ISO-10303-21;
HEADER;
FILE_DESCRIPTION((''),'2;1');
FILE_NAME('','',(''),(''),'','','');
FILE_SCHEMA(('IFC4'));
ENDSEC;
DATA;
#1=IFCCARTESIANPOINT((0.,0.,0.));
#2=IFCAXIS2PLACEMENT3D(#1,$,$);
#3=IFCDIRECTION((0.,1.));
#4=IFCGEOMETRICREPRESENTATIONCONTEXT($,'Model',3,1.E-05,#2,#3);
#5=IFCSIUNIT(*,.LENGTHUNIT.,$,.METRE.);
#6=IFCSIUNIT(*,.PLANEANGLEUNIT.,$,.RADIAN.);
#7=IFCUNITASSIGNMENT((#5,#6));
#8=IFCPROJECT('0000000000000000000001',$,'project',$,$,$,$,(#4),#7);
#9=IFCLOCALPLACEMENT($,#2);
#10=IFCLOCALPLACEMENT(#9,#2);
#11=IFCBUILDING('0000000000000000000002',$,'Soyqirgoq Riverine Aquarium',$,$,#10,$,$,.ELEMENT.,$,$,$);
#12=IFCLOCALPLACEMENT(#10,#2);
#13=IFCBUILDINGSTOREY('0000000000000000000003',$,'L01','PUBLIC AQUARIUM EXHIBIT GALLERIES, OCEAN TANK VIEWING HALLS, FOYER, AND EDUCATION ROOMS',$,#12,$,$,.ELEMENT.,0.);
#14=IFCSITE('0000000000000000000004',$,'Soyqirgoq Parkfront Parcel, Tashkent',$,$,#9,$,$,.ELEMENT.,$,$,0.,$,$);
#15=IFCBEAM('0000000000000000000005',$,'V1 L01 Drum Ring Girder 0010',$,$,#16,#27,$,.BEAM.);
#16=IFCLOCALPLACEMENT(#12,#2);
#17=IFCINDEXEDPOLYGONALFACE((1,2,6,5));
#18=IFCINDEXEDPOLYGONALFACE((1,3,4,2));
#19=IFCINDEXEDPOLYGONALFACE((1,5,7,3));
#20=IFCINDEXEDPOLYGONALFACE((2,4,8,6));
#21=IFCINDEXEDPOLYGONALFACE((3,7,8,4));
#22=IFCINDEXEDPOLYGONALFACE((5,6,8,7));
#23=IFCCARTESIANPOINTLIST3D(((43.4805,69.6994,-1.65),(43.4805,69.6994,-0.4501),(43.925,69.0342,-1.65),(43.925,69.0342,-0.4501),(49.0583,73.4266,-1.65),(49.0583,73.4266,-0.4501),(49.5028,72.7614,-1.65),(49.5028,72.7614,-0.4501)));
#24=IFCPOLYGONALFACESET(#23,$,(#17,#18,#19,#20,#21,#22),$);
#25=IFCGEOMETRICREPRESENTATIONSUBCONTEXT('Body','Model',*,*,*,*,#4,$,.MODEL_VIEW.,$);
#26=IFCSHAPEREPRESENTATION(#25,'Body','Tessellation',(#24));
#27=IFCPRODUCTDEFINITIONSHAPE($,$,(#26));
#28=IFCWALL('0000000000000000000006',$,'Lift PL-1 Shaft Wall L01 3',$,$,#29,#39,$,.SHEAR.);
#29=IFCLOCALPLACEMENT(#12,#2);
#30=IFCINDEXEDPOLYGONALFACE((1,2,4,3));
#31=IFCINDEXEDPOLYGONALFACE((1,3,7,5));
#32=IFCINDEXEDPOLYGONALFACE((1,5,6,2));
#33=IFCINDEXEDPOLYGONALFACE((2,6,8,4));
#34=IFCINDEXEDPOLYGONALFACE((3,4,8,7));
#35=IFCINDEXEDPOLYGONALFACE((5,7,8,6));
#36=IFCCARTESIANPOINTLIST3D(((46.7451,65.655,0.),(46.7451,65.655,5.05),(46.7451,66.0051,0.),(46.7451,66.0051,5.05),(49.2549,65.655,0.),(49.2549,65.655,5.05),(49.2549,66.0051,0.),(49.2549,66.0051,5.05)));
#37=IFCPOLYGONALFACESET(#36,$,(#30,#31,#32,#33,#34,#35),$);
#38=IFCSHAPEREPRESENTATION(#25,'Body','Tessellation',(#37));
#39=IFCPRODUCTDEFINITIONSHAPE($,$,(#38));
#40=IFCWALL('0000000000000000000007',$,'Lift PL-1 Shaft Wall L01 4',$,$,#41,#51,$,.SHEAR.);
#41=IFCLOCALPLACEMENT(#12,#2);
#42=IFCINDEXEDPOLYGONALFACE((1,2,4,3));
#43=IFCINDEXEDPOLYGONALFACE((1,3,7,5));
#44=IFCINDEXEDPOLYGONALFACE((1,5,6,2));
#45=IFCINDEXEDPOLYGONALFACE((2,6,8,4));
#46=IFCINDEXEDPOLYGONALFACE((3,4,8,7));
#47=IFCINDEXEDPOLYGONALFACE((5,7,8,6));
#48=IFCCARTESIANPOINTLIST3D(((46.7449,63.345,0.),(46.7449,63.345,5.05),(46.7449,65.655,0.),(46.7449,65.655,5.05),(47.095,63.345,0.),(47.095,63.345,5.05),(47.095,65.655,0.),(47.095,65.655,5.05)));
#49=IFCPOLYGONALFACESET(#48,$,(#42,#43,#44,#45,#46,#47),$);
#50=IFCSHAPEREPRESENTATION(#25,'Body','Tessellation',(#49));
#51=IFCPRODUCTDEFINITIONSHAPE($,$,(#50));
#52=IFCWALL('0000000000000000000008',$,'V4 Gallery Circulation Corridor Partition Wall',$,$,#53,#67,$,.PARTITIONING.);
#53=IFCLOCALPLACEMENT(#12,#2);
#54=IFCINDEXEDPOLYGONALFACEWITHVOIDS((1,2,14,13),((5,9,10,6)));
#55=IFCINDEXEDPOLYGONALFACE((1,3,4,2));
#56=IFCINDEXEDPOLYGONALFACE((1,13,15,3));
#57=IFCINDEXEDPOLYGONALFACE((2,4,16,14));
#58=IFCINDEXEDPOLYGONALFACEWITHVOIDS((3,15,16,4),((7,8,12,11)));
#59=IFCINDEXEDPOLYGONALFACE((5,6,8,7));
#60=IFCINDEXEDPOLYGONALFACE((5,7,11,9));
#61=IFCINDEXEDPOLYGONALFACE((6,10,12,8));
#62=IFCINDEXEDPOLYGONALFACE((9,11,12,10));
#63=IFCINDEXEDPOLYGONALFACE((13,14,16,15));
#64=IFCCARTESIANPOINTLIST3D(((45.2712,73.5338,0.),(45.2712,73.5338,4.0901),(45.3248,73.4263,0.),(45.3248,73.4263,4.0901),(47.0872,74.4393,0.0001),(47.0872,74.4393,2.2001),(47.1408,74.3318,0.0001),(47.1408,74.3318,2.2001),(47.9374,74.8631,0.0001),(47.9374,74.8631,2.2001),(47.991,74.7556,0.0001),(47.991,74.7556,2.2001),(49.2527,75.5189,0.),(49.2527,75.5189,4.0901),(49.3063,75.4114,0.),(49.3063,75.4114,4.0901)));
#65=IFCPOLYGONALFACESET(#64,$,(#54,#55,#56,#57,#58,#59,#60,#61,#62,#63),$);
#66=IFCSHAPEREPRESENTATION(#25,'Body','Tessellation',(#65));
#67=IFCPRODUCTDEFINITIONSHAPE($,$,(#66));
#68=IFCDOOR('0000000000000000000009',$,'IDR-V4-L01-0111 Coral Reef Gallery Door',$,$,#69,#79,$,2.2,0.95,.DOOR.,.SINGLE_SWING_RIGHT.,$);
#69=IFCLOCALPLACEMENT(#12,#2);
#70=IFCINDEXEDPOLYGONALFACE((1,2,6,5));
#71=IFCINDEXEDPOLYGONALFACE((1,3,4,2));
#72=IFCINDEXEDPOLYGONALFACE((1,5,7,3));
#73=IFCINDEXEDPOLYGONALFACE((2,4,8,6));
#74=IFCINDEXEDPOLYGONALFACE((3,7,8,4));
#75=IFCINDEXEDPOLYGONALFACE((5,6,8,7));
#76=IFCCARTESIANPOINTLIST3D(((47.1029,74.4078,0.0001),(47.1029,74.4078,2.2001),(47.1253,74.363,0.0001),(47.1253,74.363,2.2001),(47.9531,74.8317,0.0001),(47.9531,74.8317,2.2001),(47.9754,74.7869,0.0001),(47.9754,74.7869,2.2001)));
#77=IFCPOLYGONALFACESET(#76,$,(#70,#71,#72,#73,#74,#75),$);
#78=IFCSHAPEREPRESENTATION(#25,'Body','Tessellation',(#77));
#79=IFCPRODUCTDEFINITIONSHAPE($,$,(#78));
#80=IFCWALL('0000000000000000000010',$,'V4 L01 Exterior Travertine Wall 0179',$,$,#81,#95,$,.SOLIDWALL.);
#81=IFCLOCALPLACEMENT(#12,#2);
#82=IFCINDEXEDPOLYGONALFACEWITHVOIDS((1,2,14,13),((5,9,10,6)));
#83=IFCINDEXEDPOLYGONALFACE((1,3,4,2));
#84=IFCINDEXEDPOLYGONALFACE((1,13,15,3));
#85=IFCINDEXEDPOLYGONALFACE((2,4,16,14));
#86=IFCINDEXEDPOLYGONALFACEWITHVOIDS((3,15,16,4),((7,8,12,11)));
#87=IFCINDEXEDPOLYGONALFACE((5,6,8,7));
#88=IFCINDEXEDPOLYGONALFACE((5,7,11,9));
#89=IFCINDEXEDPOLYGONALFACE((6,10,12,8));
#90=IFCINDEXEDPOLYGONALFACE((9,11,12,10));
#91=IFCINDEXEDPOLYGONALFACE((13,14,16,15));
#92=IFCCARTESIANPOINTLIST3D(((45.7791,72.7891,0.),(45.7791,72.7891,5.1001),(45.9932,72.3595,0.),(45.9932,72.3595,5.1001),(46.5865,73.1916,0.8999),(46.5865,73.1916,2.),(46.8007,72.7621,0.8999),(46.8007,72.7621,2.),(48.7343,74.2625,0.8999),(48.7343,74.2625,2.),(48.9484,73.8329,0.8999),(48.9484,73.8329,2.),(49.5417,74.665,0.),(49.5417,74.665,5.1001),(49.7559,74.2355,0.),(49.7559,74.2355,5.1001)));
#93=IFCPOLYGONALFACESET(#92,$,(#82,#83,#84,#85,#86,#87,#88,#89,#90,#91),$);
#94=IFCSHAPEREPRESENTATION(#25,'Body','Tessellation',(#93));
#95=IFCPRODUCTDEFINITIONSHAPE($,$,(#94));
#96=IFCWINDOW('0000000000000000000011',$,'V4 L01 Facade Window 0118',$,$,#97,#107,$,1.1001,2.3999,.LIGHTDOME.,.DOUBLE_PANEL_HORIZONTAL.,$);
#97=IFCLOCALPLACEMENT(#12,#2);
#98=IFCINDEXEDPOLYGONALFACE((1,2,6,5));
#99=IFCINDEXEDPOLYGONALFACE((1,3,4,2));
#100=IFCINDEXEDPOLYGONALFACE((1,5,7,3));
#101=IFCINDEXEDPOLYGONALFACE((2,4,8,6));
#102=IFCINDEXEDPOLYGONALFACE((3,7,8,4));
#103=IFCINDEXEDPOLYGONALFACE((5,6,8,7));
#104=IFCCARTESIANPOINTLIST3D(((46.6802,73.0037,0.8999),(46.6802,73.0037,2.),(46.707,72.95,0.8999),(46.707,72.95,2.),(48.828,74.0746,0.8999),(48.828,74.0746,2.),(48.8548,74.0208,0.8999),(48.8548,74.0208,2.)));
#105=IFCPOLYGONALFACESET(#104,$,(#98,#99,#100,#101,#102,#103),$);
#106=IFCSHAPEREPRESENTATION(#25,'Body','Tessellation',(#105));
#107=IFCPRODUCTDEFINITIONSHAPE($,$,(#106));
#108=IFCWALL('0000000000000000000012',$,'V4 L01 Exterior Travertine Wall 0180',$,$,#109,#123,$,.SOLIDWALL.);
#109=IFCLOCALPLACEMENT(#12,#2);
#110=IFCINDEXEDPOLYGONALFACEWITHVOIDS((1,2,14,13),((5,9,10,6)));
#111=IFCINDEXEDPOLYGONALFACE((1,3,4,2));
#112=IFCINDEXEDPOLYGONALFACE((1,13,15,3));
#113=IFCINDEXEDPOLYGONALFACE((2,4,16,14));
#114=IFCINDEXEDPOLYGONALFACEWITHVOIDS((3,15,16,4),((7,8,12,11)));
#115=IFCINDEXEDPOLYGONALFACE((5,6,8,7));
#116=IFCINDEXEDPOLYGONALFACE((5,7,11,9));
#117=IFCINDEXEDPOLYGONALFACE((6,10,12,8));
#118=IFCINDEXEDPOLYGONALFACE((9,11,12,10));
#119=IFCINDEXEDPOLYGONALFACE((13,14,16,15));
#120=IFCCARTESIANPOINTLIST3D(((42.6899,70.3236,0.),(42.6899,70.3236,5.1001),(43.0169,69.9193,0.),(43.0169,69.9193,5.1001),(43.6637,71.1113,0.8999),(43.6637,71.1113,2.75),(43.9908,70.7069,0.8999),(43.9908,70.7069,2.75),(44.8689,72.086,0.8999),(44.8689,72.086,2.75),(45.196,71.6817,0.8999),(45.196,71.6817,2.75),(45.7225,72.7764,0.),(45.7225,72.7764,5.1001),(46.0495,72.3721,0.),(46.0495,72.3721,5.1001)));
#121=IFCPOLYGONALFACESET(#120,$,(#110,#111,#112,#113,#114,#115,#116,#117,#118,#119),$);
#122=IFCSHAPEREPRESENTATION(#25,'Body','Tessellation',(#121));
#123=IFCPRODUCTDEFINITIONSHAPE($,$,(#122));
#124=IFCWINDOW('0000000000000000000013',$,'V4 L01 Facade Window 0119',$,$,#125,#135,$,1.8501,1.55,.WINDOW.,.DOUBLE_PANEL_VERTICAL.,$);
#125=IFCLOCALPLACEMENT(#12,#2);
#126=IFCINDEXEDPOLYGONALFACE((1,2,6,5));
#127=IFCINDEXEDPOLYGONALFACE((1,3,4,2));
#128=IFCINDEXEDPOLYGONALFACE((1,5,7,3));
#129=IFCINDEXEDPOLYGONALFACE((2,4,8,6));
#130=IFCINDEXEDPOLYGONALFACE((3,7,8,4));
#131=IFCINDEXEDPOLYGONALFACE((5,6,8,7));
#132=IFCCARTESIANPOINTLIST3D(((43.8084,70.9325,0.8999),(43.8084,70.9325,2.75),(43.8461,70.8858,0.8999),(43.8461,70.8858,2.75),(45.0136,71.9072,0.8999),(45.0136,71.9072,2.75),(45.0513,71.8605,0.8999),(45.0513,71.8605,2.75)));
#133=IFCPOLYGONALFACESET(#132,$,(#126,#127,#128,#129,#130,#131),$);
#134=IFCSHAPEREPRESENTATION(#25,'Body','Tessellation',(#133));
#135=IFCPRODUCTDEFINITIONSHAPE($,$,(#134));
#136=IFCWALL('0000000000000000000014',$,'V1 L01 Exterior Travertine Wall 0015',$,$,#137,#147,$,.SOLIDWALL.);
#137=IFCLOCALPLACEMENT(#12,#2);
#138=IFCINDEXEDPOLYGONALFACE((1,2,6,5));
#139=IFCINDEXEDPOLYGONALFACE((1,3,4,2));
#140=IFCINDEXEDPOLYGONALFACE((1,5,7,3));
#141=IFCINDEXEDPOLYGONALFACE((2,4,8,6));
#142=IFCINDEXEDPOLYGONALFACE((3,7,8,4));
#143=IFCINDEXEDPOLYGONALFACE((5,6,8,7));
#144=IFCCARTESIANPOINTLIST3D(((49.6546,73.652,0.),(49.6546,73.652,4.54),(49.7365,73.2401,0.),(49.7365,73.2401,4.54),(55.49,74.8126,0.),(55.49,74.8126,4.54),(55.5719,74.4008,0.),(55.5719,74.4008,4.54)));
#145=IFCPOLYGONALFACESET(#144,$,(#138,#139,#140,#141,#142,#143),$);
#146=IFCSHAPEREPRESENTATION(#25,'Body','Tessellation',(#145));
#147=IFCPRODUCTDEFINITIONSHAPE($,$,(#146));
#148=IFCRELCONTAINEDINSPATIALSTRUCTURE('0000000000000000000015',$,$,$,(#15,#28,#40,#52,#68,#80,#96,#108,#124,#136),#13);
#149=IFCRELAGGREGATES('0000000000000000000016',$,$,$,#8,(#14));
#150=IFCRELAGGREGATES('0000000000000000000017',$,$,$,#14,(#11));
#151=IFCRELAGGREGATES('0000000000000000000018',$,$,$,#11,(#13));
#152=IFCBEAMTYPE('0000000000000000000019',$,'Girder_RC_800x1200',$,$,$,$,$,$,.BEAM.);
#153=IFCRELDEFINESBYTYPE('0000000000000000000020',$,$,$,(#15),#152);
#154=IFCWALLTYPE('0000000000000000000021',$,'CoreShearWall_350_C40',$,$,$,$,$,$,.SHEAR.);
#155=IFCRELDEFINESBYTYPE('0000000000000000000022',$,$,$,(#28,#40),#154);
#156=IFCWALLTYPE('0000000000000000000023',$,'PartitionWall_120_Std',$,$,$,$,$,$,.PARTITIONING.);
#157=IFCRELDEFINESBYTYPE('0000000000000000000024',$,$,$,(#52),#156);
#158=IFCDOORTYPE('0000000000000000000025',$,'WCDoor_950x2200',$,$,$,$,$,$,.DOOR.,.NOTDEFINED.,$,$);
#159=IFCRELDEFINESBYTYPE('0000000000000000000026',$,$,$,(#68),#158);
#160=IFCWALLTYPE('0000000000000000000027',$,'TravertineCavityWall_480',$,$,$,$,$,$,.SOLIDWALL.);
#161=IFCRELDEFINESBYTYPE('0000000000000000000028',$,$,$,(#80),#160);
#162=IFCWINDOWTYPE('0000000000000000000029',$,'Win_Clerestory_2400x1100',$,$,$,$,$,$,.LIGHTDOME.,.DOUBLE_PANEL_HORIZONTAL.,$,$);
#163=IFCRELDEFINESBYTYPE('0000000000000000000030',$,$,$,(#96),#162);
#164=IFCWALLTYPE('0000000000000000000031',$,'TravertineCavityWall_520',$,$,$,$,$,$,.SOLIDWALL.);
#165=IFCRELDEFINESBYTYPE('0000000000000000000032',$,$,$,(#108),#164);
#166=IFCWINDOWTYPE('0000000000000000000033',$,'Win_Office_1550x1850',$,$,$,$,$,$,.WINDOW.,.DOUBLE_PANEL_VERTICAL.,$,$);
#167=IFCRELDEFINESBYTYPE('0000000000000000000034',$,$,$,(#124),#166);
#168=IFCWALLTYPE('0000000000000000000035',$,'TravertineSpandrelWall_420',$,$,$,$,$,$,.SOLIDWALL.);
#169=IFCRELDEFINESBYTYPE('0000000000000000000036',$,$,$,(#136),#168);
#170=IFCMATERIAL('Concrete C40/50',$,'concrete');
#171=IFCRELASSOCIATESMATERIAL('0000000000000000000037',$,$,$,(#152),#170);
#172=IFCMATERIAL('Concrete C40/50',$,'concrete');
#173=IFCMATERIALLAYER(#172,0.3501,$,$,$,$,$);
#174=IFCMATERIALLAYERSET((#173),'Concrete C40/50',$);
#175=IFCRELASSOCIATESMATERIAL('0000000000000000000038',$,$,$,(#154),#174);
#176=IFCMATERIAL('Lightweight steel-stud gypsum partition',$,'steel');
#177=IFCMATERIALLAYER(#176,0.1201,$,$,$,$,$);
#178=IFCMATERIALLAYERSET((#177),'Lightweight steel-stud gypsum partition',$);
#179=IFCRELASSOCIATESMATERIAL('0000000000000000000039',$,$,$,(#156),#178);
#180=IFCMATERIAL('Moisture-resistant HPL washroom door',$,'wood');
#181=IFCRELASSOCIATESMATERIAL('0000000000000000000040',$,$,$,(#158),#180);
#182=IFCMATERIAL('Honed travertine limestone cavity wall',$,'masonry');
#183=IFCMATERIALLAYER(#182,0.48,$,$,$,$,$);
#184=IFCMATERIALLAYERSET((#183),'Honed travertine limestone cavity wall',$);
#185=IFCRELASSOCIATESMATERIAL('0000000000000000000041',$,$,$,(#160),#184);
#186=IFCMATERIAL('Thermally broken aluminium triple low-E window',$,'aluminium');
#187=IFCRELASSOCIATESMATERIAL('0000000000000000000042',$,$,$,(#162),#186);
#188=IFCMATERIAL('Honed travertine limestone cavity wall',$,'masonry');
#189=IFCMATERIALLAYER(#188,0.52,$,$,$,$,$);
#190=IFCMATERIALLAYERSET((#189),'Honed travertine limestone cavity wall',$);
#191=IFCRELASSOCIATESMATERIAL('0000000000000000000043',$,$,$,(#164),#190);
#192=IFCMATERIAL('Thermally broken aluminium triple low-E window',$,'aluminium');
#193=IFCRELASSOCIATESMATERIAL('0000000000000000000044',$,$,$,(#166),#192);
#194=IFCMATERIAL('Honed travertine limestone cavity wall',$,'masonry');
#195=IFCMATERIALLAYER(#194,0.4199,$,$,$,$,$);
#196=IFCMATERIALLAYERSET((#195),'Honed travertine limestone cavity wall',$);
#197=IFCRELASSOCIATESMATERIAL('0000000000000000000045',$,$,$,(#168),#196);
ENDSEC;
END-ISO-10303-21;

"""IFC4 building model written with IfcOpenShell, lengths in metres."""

from ifc_helpers import new_model, si_unit, direction, frame, frame_2d, origin, origin_2d, place, context, subcontext, project, spatial, rectangle, extrude, material, layer, layer_set, material_profile, profile_set, type_object, element, fill, save


model = new_model("IFC4")

# Units and contexts
model_context = context("Model", 3, precision=1e-05, world=origin(), true_north=direction((0.0, 1.0)))
body_context = subcontext(model_context, "Body", "Model", "MODEL_VIEW")
ifc_project = project(units=[si_unit("LENGTHUNIT", "METRE"), si_unit("PLANEANGLEUNIT", "RADIAN")], contexts=[model_context])

# Site, building, storey
site_placement = place(None, origin())
site = spatial("IfcSite", under=ifc_project, at=site_placement, Name="Soyqirgoq Parkfront Parcel, Tashkent", CompositionType="ELEMENT", RefElevation=0.0)
building_placement = place(site_placement, origin())
building = spatial("IfcBuilding", under=site, at=building_placement, Name="Soyqirgoq Riverine Aquarium", CompositionType="ELEMENT")
storey_placement = place(building_placement, origin())
storey = spatial("IfcBuildingStorey", under=building, at=storey_placement, Name="L01", Description="PUBLIC AQUARIUM EXHIBIT GALLERIES, OCEAN TANK VIEWING HALLS, FOYER, AND EDUCATION ROOMS", CompositionType="ELEMENT", Elevation=0.0)

# Beam
ifc_material_1 = material(Name="Concrete C40/50", Category="concrete")
ifc_material_profile_1 = material_profile(ifc_material_1, rectangle(XDim=0.8, YDim=1.2, at=origin_2d()), Name="RC 800x1200")
ifc_profile_set_1 = profile_set([ifc_material_profile_1], Name="Concrete C40/50")
beam_type_1 = type_object("IfcBeamType", Name="Girder_RC_800x1200", PredefinedType="BEAM", material=ifc_profile_set_1)
beam_1_placement = place(storey_placement, frame((49.2805, 73.094, -1.05), z_axis=(-0.831451, -0.555598, 0.0), x_axis=(0.555598, -0.831451, 0.0)))
element("IfcBeam", 1, at=beam_1_placement, inside=storey, type_object=beam_type_1, Name="V1 L01 Drum Ring Girder 0010", PredefinedType="BEAM", context=body_context, shape_type="SweptSolid", body=[
    extrude(rectangle(XDim=0.8, YDim=1.2, at=origin_2d()), origin(), (0.0, 0.0, 1.0), 6.7085),
])

# Walls
ifc_material_2 = material(Name="Concrete C40/50", Category="concrete")
ifc_layer_1 = layer(ifc_material_2, 0.3501)
ifc_layer_set_1 = layer_set([ifc_layer_1], Name="Concrete C40/50")
wall_type_1 = type_object("IfcWallType", Name="CoreShearWall_350_C40", PredefinedType="SHEAR", material=ifc_layer_set_1)
wall_1_placement = place(storey_placement, frame((49.2549, 65.8301, 0.0), z_axis=(0.0, 0.0, 1.0), x_axis=(-1.0, 0.0, 0.0)))
element("IfcWall", 2, at=wall_1_placement, inside=storey, type_object=wall_type_1, Name="Lift PL-1 Shaft Wall L01 3", PredefinedType="SHEAR", context=body_context, shape_type="SweptSolid", body=[
    extrude(rectangle(XDim=2.5098, YDim=0.3501, at=frame_2d((1.2549, 0.0))), origin(), (0.0, 0.0, 1.0), 5.05),
])
wall_2_placement = place(storey_placement, frame((46.9199, 65.655, 0.0), z_axis=(0.0, 0.0, 1.0), x_axis=(0.0, -1.0, 0.0)))
element("IfcWall", 3, at=wall_2_placement, inside=storey, type_object=wall_type_1, Name="Lift PL-1 Shaft Wall L01 4", PredefinedType="SHEAR", context=body_context, shape_type="SweptSolid", body=[
    extrude(rectangle(XDim=2.3101, YDim=0.3501, at=frame_2d((1.155, 0.0))), origin(), (0.0, 0.0, 1.0), 5.05),
])

# Wall, opening, door
ifc_material_3 = material(Name="Lightweight steel-stud gypsum partition", Category="steel")
ifc_layer_2 = layer(ifc_material_3, 0.1201)
ifc_layer_set_2 = layer_set([ifc_layer_2], Name="Lightweight steel-stud gypsum partition")
wall_type_2 = type_object("IfcWallType", Name="PartitionWall_120_Std", PredefinedType="PARTITIONING", material=ifc_layer_set_2)
wall_3_placement = place(storey_placement, frame((45.2979, 73.48, 0.0), z_axis=(0.0, 0.0, 1.0), x_axis=(0.894931, 0.446204, 0.0)))
wall_3 = element("IfcWall", 4, at=wall_3_placement, inside=storey, type_object=wall_type_2, Name="V4 Gallery Circulation Corridor Partition Wall", PredefinedType="PARTITIONING", context=body_context, shape_type="SweptSolid", body=[
    extrude(rectangle(XDim=4.449, YDim=0.1201, at=frame_2d((2.2246, 0.0))), origin(), (0.0, 0.0, 1.0), 4.0901),
])
opening_1_placement = place(wall_3_placement, frame((2.0293, 0.0, 0.0)))
opening_1 = element("IfcOpeningElement", 5, at=opening_1_placement, cuts=wall_3, PredefinedType="OPENING", context=body_context, shape_type="SweptSolid", body=[
    extrude(rectangle(XDim=0.95, YDim=2.2, at=frame_2d((0.4751, 1.1001))), frame((0.0, 0.0701, 0.0), z_axis=(0.0, -1.0, 0.0), x_axis=(1.0, 0.0, 0.0)), (0.0, 0.0, 1.0), 0.1401),
])
ifc_material_4 = material(Name="Moisture-resistant HPL washroom door", Category="wood")
door_type = type_object("IfcDoorType", Name="WCDoor_950x2200", OperationType="NOTDEFINED", PredefinedType="DOOR", material=ifc_material_4)
door_placement = place(opening_1_placement, origin())
door = element("IfcDoor", 6, at=door_placement, inside=storey, type_object=door_type, Name="IDR-V4-L01-0111 Coral Reef Gallery Door", OperationType="SINGLE_SWING_RIGHT", OverallHeight=2.2, OverallWidth=0.95, PredefinedType="DOOR", context=body_context, shape_type="SweptSolid", body=[
    extrude(rectangle(XDim=0.95, YDim=2.2, at=frame_2d((0.4751, 1.1001))), frame((0.0, 0.0249, 0.0), z_axis=(0.0, -1.0, 0.0), x_axis=(1.0, 0.0, 0.0)), (0.0, 0.0, 1.0), 0.05),
])
fill(opening_1, door)

# Walls, openings, windows
ifc_material_5 = material(Name="Honed travertine limestone cavity wall", Category="masonry")
ifc_layer_3 = layer(ifc_material_5, 0.48)
ifc_layer_set_3 = layer_set([ifc_layer_3], Name="Honed travertine limestone cavity wall")
wall_type_3 = type_object("IfcWallType", Name="TravertineCavityWall_480", PredefinedType="SOLIDWALL", material=ifc_layer_set_3)
wall_4_placement = place(storey_placement, frame((49.6487, 74.4502, 0.0), z_axis=(0.0, 0.0, 1.0), x_axis=(-0.894938, -0.446191, 0.0)))
wall_4 = element("IfcWall", 7, at=wall_4_placement, inside=storey, type_object=wall_type_3, Name="V4 L01 Exterior Travertine Wall 0179", PredefinedType="SOLIDWALL", context=body_context, shape_type="SweptSolid", body=[
    extrude(rectangle(XDim=4.2043, YDim=0.48, at=frame_2d((2.1021, 0.0))), origin(), (0.0, 0.0, 1.0), 5.1001),
])
opening_2_placement = place(wall_4_placement, frame((0.9021, 0.0, 0.8999)))
opening_2 = element("IfcOpeningElement", 8, at=opening_2_placement, cuts=wall_4, PredefinedType="OPENING", context=body_context, shape_type="SweptSolid", body=[
    extrude(rectangle(XDim=2.3999, YDim=1.1001, at=frame_2d((1.2, 0.55))), frame((0.0, 0.25, 0.0), z_axis=(0.0, -1.0, 0.0), x_axis=(1.0, 0.0, 0.0)), (0.0, 0.0, 1.0), 0.5),
])
ifc_material_6 = material(Name="Thermally broken aluminium triple low-E window", Category="aluminium")
window_type_1 = type_object("IfcWindowType", Name="Win_Clerestory_2400x1100", PartitioningType="DOUBLE_PANEL_HORIZONTAL", PredefinedType="LIGHTDOME", material=ifc_material_6)
window_1_placement = place(opening_2_placement, origin())
window_1 = element("IfcWindow", 9, at=window_1_placement, inside=storey, type_object=window_type_1, Name="V4 L01 Facade Window 0118", OverallHeight=1.1001, OverallWidth=2.3999, PartitioningType="DOUBLE_PANEL_HORIZONTAL", PredefinedType="LIGHTDOME", context=body_context, shape_type="SweptSolid", body=[
    extrude(rectangle(XDim=2.3999, YDim=1.1001, at=frame_2d((1.2, 0.55))), frame((0.0, 0.03, 0.0), z_axis=(0.0, -1.0, 0.0), x_axis=(1.0, 0.0, 0.0)), (0.0, 0.0, 1.0), 0.0601),
])
fill(opening_2, window_1)
ifc_material_7 = material(Name="Honed travertine limestone cavity wall", Category="masonry")
ifc_layer_4 = layer(ifc_material_7, 0.52)
ifc_layer_set_4 = layer_set([ifc_layer_4], Name="Honed travertine limestone cavity wall")
wall_type_4 = type_object("IfcWallType", Name="TravertineCavityWall_520", PredefinedType="SOLIDWALL", material=ifc_layer_set_4)
wall_5_placement = place(storey_placement, frame((45.886, 72.5742, 0.0), z_axis=(0.0, 0.0, 1.0), x_axis=(-0.777517, -0.628861, 0.0)))
wall_5 = element("IfcWall", 10, at=wall_5_placement, inside=storey, type_object=wall_type_4, Name="V4 L01 Exterior Travertine Wall 0180", PredefinedType="SOLIDWALL", context=body_context, shape_type="SweptSolid", body=[
    extrude(rectangle(XDim=3.9004, YDim=0.52, at=frame_2d((1.9502, 0.0))), origin(), (0.0, 0.0, 1.0), 5.1001),
])
opening_3_placement = place(wall_5_placement, frame((1.0979, 0.0, 0.8999)))
opening_3 = element("IfcOpeningElement", 11, at=opening_3_placement, cuts=wall_5, PredefinedType="OPENING", context=body_context, shape_type="SweptSolid", body=[
    extrude(rectangle(XDim=1.55, YDim=1.8501, at=frame_2d((0.7749, 0.925))), frame((0.0, 0.27, 0.0), z_axis=(0.0, -1.0, 0.0), x_axis=(1.0, 0.0, 0.0)), (0.0, 0.0, 1.0), 0.54),
])
ifc_material_8 = material(Name="Thermally broken aluminium triple low-E window", Category="aluminium")
window_type_2 = type_object("IfcWindowType", Name="Win_Office_1550x1850", PartitioningType="DOUBLE_PANEL_VERTICAL", PredefinedType="WINDOW", material=ifc_material_8)
window_2_placement = place(opening_3_placement, origin())
window_2 = element("IfcWindow", 12, at=window_2_placement, inside=storey, type_object=window_type_2, Name="V4 L01 Facade Window 0119", OverallHeight=1.8501, OverallWidth=1.55, PartitioningType="DOUBLE_PANEL_VERTICAL", PredefinedType="WINDOW", context=body_context, shape_type="SweptSolid", body=[
    extrude(rectangle(XDim=1.55, YDim=1.8501, at=frame_2d((0.7749, 0.925))), frame((0.0, 0.03, 0.0), z_axis=(0.0, -1.0, 0.0), x_axis=(1.0, 0.0, 0.0)), (0.0, 0.0, 1.0), 0.0601),
])
fill(opening_3, window_2)

# Wall
ifc_material_9 = material(Name="Honed travertine limestone cavity wall", Category="masonry")
ifc_layer_5 = layer(ifc_material_9, 0.4199)
ifc_layer_set_5 = layer_set([ifc_layer_5], Name="Honed travertine limestone cavity wall")
wall_type_5 = type_object("IfcWallType", Name="TravertineSpandrelWall_420", PredefinedType="SOLIDWALL", material=ifc_layer_set_5)
wall_6_placement = place(storey_placement, frame((49.6956, 73.446, 0.0), z_axis=(0.0, 0.0, 1.0), x_axis=(0.980788, 0.195074, 0.0)))
element("IfcWall", 13, at=wall_6_placement, inside=storey, type_object=wall_type_5, Name="V1 L01 Exterior Travertine Wall 0015", PredefinedType="SOLIDWALL", context=body_context, shape_type="SweptSolid", body=[
    extrude(rectangle(XDim=5.9497, YDim=0.4199, at=frame_2d((2.9749, 0.0))), origin(), (0.0, 0.0, 1.0), 4.54),
])

save(model, "model.ifc")
